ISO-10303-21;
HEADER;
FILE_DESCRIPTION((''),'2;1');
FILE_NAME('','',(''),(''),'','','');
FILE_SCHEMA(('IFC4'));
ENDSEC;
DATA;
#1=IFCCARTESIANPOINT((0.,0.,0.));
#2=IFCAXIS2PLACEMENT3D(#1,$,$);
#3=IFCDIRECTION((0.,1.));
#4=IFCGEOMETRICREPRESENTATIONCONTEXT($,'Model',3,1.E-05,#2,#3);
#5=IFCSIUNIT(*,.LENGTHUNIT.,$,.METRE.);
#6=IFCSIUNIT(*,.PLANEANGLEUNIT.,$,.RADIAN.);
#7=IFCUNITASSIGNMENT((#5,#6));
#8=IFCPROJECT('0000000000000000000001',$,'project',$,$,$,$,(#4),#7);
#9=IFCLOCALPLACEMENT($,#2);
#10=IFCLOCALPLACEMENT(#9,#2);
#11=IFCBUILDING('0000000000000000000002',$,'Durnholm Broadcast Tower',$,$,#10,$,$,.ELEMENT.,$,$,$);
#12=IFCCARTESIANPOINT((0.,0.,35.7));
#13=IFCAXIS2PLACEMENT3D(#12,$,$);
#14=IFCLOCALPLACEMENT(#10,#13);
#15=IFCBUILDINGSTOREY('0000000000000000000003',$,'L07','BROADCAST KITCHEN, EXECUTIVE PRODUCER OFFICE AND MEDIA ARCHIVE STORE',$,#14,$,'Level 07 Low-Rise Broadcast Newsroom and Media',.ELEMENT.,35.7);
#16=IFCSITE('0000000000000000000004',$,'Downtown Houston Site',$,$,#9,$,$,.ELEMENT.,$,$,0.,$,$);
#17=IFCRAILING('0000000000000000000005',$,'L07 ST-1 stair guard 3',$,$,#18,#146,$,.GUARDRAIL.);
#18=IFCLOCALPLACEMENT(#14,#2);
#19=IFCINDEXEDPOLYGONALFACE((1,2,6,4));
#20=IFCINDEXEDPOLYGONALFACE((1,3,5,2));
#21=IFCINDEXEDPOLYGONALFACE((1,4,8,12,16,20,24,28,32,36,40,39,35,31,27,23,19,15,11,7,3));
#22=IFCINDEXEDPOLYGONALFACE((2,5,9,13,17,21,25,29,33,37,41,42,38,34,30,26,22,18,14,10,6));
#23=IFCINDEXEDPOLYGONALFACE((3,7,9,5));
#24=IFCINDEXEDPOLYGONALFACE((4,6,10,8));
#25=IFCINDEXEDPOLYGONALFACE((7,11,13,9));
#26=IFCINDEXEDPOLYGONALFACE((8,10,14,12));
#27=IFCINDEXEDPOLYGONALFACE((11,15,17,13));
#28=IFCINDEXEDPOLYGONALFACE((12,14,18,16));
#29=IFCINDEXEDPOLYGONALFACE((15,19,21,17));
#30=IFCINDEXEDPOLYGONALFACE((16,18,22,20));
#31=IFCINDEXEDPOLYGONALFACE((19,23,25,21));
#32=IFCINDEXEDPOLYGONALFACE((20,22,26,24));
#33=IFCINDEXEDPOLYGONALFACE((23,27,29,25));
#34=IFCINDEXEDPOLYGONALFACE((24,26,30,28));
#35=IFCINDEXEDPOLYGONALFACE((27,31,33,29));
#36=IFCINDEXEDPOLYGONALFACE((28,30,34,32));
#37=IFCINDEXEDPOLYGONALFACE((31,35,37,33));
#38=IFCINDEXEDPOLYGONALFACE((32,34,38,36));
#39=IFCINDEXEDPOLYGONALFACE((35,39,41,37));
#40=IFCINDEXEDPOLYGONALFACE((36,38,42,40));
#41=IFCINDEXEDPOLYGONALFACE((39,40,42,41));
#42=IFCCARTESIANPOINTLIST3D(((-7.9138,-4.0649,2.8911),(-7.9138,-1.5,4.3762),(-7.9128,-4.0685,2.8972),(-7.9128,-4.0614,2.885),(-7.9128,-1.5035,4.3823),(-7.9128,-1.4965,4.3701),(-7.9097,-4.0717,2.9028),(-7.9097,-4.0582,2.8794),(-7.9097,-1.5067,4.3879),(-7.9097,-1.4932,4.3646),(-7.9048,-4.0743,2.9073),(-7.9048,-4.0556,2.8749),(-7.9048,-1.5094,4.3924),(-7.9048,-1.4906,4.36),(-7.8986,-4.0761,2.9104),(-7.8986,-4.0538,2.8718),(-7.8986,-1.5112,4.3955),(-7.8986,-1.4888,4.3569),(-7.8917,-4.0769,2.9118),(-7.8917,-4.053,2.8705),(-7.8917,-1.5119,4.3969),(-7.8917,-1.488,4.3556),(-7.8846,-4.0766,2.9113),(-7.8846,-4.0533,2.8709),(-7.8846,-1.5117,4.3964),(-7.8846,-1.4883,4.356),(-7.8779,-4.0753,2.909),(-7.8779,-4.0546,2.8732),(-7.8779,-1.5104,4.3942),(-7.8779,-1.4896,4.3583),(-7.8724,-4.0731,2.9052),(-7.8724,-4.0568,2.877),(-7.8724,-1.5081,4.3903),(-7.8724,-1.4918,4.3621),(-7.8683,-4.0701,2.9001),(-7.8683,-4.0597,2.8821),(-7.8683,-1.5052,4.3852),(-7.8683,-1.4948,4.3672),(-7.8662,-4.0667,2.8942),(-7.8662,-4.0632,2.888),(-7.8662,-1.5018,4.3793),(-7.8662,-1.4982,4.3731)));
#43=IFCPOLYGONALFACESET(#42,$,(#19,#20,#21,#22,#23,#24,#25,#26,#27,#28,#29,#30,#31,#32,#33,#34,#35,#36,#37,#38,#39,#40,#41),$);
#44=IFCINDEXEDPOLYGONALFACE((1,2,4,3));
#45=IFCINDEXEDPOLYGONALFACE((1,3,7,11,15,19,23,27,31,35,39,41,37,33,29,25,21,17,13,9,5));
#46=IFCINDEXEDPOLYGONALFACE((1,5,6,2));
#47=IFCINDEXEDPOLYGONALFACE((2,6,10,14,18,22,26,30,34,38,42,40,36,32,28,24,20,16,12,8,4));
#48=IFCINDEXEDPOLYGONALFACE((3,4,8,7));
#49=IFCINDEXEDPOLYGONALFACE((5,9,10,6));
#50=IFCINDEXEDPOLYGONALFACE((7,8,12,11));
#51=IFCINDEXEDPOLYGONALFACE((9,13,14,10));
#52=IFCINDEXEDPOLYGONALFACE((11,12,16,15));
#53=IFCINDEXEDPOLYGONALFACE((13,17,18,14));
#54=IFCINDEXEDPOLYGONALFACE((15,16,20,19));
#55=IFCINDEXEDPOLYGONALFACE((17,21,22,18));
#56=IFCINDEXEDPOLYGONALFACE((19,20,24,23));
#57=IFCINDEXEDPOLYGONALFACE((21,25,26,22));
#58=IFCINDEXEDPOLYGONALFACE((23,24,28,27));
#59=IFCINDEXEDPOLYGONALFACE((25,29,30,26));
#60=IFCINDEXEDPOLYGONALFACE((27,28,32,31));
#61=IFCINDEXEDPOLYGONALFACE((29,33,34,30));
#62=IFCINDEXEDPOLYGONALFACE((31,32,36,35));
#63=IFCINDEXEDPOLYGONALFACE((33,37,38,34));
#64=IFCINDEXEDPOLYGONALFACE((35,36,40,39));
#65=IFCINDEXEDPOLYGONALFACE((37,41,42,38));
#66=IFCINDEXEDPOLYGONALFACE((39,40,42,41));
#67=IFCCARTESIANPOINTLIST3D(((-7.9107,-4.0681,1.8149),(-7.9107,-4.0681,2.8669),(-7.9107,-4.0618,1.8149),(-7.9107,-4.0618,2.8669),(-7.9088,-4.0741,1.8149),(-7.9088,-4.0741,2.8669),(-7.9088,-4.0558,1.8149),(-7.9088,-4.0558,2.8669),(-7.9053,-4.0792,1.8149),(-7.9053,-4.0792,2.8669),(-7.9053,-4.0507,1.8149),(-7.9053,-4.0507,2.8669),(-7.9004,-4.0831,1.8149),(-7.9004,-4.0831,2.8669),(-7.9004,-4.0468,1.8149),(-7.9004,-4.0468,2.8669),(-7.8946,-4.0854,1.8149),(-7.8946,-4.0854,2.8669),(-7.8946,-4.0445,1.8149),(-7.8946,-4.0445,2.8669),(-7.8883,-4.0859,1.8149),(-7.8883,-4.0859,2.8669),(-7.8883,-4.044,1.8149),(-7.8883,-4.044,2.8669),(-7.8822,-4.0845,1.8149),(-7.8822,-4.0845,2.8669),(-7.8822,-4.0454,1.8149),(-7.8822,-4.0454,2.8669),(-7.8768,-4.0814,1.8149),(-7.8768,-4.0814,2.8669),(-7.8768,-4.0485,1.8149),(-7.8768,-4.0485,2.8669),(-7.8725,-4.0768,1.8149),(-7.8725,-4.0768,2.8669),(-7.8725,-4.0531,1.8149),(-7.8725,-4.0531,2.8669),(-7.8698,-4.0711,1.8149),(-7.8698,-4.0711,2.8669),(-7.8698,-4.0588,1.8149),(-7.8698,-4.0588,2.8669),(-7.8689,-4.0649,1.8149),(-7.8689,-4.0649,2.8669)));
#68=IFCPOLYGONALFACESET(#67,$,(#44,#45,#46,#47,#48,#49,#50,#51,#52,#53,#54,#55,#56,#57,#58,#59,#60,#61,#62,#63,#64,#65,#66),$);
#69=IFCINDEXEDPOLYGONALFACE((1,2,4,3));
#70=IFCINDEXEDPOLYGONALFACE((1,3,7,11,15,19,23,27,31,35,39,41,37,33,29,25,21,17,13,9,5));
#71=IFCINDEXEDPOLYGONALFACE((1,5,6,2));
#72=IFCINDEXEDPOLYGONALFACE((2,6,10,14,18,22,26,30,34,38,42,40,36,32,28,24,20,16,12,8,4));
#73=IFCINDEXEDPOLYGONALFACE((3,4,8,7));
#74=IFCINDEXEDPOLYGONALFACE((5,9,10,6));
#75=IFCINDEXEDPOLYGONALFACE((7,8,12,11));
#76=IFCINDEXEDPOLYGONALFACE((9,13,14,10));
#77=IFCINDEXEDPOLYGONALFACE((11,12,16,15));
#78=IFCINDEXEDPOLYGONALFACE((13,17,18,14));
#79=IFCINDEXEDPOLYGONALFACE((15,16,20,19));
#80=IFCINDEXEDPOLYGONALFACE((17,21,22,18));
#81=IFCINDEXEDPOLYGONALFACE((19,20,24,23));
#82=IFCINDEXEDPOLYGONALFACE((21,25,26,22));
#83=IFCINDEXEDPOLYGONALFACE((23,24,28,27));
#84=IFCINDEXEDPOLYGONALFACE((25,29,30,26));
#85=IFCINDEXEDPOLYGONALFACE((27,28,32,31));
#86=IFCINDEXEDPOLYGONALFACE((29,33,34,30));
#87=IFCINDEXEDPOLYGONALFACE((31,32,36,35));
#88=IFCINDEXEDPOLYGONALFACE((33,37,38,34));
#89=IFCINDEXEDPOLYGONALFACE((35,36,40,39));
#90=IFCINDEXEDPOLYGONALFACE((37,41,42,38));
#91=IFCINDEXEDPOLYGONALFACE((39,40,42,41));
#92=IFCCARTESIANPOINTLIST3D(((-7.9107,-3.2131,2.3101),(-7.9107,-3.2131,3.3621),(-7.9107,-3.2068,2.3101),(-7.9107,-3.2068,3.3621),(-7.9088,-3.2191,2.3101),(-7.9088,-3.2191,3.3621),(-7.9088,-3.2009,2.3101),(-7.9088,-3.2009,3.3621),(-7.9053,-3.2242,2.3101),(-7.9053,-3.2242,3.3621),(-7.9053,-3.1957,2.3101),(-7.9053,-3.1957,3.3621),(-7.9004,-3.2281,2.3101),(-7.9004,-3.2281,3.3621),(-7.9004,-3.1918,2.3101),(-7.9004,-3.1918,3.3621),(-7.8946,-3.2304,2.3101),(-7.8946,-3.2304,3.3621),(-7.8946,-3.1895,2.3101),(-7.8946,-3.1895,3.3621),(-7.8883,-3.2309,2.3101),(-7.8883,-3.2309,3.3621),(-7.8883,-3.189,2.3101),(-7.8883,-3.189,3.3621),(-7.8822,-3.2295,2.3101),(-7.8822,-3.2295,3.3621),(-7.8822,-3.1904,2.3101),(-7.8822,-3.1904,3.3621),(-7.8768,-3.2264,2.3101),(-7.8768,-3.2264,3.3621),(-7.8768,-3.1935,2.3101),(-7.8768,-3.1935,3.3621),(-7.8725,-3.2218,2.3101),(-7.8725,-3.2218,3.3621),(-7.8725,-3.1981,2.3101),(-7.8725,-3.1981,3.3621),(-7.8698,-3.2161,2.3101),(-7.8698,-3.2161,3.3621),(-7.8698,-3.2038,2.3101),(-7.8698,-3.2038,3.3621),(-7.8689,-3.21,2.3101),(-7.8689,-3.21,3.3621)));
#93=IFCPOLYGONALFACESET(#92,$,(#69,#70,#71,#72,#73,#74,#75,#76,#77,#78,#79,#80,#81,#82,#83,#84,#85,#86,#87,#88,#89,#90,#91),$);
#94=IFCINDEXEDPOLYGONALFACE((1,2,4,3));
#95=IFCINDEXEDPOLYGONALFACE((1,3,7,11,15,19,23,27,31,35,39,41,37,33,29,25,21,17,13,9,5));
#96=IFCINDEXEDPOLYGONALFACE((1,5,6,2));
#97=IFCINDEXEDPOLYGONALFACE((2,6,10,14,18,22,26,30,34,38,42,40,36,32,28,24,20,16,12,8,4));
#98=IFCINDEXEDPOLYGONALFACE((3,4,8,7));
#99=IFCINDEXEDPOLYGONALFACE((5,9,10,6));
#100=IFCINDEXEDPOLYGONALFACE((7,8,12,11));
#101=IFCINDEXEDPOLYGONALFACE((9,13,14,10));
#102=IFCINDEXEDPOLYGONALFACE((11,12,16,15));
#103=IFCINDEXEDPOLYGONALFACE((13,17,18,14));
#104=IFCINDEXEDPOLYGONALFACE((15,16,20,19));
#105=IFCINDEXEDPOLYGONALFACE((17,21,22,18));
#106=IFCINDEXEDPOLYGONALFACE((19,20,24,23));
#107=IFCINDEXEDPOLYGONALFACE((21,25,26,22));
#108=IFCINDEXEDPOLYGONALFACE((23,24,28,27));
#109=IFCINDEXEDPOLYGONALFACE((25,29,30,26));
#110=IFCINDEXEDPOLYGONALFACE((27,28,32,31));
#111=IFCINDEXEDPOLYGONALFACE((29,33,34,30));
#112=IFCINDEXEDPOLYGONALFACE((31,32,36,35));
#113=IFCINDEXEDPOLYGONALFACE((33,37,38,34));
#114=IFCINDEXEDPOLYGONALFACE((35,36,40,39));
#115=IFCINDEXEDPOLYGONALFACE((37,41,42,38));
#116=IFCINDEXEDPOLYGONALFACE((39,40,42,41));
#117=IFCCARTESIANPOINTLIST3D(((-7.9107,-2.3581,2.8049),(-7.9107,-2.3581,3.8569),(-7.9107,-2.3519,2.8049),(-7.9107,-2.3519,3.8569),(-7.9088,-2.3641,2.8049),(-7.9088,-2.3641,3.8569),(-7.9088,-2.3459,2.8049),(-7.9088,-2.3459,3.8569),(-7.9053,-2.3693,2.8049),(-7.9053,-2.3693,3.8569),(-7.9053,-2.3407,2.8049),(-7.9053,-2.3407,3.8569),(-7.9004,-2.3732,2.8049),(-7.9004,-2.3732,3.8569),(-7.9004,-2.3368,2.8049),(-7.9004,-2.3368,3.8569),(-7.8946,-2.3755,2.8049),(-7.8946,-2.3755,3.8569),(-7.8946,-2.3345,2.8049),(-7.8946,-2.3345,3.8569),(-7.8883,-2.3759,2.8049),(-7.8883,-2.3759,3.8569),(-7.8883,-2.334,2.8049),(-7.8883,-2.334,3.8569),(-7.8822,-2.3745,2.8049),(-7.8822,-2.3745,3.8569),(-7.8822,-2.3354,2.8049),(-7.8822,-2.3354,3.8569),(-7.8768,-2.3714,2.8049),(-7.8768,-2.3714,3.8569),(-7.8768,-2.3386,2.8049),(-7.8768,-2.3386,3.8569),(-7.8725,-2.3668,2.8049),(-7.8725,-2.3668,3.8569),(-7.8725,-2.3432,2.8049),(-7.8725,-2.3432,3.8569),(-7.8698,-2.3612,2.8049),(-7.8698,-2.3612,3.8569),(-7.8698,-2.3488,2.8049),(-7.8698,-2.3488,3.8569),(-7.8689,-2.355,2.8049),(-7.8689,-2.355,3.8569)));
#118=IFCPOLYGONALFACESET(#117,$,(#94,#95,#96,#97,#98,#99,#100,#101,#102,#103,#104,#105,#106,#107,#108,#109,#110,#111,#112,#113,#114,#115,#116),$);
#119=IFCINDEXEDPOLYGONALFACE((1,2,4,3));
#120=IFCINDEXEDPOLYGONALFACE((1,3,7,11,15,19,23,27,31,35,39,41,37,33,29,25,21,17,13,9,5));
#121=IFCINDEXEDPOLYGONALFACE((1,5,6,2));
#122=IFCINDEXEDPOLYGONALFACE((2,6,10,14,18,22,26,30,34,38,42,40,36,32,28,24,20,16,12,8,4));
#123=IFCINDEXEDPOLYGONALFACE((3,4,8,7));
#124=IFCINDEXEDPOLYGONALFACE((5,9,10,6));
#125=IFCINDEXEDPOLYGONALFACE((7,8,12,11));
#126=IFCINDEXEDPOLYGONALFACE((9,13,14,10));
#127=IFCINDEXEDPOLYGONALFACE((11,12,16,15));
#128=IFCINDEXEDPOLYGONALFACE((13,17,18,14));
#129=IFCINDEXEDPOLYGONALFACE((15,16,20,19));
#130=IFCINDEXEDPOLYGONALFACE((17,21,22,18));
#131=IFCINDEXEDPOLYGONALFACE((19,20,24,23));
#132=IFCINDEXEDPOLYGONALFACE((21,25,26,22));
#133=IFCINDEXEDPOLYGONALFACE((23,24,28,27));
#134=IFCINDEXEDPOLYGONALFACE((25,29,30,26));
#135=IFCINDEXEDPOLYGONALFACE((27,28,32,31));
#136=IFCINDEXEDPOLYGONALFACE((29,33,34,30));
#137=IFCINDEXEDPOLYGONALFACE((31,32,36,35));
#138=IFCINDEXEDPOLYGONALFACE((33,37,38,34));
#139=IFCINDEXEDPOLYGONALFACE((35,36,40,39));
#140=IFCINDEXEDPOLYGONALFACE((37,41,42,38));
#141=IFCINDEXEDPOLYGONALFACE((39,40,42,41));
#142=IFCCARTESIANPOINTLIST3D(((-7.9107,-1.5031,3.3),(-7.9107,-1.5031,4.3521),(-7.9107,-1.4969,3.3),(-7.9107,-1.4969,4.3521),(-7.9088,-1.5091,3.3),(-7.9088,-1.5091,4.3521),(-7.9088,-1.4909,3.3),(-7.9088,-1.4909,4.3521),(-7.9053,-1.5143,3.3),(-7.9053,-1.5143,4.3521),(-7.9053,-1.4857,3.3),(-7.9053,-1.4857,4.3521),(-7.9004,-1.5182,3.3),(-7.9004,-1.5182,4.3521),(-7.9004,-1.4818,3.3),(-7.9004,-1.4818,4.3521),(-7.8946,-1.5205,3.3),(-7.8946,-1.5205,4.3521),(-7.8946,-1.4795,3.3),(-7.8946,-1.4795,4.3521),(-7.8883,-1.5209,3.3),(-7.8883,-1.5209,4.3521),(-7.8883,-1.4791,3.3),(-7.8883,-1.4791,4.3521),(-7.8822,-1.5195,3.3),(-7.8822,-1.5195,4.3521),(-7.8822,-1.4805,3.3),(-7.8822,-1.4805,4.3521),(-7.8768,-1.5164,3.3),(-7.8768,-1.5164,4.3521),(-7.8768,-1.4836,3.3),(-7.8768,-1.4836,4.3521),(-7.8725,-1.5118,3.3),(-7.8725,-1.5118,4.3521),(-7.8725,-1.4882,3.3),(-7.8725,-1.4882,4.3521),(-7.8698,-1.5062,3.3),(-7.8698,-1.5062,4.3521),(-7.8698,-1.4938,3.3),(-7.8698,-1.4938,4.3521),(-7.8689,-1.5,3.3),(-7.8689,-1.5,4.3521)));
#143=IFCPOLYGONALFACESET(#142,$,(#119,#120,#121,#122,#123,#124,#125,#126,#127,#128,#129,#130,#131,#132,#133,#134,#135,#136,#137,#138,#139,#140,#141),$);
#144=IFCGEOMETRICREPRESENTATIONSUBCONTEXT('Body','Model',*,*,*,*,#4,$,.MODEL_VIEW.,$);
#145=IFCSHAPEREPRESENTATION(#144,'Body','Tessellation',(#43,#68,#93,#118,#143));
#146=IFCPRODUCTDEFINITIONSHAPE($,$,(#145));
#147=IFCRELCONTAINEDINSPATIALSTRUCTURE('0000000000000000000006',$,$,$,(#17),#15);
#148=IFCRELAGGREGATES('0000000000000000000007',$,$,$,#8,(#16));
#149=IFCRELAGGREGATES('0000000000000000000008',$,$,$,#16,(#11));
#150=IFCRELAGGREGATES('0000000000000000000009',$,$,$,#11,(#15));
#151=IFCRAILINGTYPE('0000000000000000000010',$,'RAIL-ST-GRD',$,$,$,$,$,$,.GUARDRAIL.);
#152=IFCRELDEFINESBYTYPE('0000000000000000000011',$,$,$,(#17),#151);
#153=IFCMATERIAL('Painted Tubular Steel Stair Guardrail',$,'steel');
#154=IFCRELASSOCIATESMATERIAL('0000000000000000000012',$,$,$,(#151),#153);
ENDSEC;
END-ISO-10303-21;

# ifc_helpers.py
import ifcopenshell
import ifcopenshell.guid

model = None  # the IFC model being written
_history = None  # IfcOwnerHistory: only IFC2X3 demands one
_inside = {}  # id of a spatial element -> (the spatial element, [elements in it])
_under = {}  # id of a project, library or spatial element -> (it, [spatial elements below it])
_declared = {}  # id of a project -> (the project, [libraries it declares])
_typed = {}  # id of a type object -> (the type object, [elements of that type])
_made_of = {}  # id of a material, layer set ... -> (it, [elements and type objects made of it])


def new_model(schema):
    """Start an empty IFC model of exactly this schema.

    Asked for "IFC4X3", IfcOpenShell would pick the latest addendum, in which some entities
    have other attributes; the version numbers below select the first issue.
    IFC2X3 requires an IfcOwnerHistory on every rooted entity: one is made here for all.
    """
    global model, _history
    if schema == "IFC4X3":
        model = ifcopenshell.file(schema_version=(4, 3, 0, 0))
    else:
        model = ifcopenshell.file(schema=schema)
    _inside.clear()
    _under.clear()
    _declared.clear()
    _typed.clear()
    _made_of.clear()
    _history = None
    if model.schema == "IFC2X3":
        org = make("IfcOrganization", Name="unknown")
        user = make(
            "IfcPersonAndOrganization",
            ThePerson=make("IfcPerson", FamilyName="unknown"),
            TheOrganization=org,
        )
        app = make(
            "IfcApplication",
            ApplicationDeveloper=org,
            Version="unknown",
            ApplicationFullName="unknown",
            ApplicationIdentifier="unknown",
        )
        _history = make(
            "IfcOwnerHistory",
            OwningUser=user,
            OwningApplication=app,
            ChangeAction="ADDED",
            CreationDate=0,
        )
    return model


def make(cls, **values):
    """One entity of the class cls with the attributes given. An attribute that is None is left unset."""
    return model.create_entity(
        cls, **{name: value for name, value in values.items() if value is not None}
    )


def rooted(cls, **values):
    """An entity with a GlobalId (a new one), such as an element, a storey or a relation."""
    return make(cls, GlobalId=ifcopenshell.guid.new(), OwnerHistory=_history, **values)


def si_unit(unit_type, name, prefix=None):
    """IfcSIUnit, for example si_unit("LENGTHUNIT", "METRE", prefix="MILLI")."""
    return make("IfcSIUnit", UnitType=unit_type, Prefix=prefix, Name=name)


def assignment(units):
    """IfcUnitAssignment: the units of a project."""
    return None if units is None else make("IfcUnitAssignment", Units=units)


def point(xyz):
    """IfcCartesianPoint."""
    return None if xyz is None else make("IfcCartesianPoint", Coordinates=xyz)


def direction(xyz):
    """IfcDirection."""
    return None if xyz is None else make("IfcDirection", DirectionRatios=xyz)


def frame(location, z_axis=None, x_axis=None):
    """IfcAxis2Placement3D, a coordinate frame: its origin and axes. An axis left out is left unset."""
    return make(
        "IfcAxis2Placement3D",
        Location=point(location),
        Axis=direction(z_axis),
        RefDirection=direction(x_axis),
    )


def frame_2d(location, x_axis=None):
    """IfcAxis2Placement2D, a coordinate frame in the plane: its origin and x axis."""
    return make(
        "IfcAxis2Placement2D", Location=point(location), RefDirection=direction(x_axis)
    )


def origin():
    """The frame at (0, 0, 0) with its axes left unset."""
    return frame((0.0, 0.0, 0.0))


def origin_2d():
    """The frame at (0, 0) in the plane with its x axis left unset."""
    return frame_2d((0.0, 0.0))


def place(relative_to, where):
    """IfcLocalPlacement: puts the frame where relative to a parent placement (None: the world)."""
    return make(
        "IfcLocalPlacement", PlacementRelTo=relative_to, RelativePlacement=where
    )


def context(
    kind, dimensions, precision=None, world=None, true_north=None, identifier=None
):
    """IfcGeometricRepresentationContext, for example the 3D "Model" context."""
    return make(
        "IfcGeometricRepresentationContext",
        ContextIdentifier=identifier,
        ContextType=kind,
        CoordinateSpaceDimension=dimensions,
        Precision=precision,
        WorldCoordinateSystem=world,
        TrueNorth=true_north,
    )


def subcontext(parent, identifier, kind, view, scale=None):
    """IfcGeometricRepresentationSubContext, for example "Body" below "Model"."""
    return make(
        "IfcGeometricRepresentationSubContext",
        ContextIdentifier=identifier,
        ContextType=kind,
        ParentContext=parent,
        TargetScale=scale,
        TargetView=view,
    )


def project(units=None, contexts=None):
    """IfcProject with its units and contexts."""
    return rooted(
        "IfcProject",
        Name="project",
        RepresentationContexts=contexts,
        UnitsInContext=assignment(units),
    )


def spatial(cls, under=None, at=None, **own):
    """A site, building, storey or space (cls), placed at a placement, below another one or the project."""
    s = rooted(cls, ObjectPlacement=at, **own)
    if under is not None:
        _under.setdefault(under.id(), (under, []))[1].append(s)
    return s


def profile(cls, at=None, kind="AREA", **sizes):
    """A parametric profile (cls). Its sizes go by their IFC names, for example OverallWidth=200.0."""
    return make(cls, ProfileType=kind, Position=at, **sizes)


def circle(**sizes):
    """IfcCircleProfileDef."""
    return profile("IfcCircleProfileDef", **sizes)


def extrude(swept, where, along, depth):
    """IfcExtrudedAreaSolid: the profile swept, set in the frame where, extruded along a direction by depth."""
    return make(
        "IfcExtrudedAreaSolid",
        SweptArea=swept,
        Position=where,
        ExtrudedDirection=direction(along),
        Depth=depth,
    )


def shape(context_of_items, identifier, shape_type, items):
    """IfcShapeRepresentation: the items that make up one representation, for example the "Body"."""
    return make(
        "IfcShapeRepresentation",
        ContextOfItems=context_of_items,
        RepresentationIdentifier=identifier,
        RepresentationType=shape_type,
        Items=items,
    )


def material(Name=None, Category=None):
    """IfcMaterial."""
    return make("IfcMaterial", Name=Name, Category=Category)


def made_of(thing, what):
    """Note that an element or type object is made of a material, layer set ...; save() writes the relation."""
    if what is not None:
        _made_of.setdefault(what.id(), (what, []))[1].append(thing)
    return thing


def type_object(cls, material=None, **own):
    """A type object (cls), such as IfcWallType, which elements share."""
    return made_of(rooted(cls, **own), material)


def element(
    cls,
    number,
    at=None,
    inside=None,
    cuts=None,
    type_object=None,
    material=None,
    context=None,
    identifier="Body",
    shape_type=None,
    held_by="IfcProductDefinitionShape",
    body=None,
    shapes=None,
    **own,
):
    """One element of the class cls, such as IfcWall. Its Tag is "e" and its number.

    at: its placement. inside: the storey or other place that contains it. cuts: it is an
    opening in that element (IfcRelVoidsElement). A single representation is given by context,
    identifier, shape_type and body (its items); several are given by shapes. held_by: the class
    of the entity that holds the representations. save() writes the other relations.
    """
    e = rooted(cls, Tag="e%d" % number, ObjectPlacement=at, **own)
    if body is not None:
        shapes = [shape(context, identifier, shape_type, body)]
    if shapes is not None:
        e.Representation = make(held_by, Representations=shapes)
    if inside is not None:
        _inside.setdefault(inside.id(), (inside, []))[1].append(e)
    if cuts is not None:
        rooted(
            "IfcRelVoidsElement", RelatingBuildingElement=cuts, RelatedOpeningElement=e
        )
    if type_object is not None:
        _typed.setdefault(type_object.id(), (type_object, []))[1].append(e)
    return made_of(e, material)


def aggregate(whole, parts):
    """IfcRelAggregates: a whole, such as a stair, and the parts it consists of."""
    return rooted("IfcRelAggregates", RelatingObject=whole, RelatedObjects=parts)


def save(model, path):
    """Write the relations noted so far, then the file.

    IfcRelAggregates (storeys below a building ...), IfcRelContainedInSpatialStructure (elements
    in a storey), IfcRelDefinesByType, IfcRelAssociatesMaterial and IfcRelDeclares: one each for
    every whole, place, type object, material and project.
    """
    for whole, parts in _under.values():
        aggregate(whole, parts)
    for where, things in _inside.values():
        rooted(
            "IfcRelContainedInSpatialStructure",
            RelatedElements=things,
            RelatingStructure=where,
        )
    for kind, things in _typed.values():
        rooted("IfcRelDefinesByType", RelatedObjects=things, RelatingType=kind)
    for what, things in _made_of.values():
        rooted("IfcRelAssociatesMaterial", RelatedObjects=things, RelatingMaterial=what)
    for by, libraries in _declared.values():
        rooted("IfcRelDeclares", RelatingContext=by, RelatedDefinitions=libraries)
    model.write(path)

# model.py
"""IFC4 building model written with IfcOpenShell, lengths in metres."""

from ifc_helpers import new_model, si_unit, direction, frame, origin, origin_2d, place, context, subcontext, project, spatial, circle, extrude, material, type_object, element, save


model = new_model("IFC4")

# Units and contexts
model_context = context("Model", 3, precision=1e-05, world=origin(), true_north=direction((0.0, 1.0)))
body_context = subcontext(model_context, "Body", "Model", "MODEL_VIEW")
ifc_project = project(units=[si_unit("LENGTHUNIT", "METRE"), si_unit("PLANEANGLEUNIT", "RADIAN")], contexts=[model_context])

# Site, building, storey
site_placement = place(None, origin())
site = spatial("IfcSite", under=ifc_project, at=site_placement, Name="Downtown Houston Site", CompositionType="ELEMENT", RefElevation=0.0)
building_placement = place(site_placement, origin())
building = spatial("IfcBuilding", under=site, at=building_placement, Name="Durnholm Broadcast Tower", CompositionType="ELEMENT")
storey_placement = place(building_placement, frame((0.0, 0.0, 35.7)))
storey = spatial("IfcBuildingStorey", under=building, at=storey_placement, Name="L07", Description="BROADCAST KITCHEN, EXECUTIVE PRODUCER OFFICE AND MEDIA ARCHIVE STORE", LongName="Level 07 Low-Rise Broadcast Newsroom and Media", CompositionType="ELEMENT", Elevation=35.7)

# Railing
ifc_material_1 = material(Name="Painted Tubular Steel Stair Guardrail", Category="steel")
railing_type_1 = type_object("IfcRailingType", Name="RAIL-ST-GRD", PredefinedType="GUARDRAIL", material=ifc_material_1)
railing_1_placement = place(storey_placement, frame((-7.8899, -4.0649, 1.8149)))
element("IfcRailing", 1, at=railing_1_placement, inside=storey, type_object=railing_type_1, Name="L07 ST-1 stair guard 3", PredefinedType="GUARDRAIL", context=body_context, shape_type="SweptSolid", body=[
    extrude(circle(Radius=0.0239, at=origin_2d()), frame((0.0, 0.0, 1.0762), z_axis=(0.0, 0.865406, 0.501072), x_axis=(-1.0, 0.0, 0.0)), (0.0, 0.0, 1.0), 2.9639),
    extrude(circle(Radius=0.021, at=origin_2d()), origin(), (0.0, 0.0, 1.0), 1.052),
    extrude(circle(Radius=0.021, at=origin_2d()), frame((0.0, 0.855, 0.4951)), (0.0, 0.0, 1.0), 1.052),
    extrude(circle(Radius=0.021, at=origin_2d()), frame((0.0, 1.71, 0.99)), (0.0, 0.0, 1.0), 1.052),
    extrude(circle(Radius=0.021, at=origin_2d()), frame((0.0, 2.5649, 1.4851)), (0.0, 0.0, 1.0), 1.052),
])

save(model, "model.ifc")
